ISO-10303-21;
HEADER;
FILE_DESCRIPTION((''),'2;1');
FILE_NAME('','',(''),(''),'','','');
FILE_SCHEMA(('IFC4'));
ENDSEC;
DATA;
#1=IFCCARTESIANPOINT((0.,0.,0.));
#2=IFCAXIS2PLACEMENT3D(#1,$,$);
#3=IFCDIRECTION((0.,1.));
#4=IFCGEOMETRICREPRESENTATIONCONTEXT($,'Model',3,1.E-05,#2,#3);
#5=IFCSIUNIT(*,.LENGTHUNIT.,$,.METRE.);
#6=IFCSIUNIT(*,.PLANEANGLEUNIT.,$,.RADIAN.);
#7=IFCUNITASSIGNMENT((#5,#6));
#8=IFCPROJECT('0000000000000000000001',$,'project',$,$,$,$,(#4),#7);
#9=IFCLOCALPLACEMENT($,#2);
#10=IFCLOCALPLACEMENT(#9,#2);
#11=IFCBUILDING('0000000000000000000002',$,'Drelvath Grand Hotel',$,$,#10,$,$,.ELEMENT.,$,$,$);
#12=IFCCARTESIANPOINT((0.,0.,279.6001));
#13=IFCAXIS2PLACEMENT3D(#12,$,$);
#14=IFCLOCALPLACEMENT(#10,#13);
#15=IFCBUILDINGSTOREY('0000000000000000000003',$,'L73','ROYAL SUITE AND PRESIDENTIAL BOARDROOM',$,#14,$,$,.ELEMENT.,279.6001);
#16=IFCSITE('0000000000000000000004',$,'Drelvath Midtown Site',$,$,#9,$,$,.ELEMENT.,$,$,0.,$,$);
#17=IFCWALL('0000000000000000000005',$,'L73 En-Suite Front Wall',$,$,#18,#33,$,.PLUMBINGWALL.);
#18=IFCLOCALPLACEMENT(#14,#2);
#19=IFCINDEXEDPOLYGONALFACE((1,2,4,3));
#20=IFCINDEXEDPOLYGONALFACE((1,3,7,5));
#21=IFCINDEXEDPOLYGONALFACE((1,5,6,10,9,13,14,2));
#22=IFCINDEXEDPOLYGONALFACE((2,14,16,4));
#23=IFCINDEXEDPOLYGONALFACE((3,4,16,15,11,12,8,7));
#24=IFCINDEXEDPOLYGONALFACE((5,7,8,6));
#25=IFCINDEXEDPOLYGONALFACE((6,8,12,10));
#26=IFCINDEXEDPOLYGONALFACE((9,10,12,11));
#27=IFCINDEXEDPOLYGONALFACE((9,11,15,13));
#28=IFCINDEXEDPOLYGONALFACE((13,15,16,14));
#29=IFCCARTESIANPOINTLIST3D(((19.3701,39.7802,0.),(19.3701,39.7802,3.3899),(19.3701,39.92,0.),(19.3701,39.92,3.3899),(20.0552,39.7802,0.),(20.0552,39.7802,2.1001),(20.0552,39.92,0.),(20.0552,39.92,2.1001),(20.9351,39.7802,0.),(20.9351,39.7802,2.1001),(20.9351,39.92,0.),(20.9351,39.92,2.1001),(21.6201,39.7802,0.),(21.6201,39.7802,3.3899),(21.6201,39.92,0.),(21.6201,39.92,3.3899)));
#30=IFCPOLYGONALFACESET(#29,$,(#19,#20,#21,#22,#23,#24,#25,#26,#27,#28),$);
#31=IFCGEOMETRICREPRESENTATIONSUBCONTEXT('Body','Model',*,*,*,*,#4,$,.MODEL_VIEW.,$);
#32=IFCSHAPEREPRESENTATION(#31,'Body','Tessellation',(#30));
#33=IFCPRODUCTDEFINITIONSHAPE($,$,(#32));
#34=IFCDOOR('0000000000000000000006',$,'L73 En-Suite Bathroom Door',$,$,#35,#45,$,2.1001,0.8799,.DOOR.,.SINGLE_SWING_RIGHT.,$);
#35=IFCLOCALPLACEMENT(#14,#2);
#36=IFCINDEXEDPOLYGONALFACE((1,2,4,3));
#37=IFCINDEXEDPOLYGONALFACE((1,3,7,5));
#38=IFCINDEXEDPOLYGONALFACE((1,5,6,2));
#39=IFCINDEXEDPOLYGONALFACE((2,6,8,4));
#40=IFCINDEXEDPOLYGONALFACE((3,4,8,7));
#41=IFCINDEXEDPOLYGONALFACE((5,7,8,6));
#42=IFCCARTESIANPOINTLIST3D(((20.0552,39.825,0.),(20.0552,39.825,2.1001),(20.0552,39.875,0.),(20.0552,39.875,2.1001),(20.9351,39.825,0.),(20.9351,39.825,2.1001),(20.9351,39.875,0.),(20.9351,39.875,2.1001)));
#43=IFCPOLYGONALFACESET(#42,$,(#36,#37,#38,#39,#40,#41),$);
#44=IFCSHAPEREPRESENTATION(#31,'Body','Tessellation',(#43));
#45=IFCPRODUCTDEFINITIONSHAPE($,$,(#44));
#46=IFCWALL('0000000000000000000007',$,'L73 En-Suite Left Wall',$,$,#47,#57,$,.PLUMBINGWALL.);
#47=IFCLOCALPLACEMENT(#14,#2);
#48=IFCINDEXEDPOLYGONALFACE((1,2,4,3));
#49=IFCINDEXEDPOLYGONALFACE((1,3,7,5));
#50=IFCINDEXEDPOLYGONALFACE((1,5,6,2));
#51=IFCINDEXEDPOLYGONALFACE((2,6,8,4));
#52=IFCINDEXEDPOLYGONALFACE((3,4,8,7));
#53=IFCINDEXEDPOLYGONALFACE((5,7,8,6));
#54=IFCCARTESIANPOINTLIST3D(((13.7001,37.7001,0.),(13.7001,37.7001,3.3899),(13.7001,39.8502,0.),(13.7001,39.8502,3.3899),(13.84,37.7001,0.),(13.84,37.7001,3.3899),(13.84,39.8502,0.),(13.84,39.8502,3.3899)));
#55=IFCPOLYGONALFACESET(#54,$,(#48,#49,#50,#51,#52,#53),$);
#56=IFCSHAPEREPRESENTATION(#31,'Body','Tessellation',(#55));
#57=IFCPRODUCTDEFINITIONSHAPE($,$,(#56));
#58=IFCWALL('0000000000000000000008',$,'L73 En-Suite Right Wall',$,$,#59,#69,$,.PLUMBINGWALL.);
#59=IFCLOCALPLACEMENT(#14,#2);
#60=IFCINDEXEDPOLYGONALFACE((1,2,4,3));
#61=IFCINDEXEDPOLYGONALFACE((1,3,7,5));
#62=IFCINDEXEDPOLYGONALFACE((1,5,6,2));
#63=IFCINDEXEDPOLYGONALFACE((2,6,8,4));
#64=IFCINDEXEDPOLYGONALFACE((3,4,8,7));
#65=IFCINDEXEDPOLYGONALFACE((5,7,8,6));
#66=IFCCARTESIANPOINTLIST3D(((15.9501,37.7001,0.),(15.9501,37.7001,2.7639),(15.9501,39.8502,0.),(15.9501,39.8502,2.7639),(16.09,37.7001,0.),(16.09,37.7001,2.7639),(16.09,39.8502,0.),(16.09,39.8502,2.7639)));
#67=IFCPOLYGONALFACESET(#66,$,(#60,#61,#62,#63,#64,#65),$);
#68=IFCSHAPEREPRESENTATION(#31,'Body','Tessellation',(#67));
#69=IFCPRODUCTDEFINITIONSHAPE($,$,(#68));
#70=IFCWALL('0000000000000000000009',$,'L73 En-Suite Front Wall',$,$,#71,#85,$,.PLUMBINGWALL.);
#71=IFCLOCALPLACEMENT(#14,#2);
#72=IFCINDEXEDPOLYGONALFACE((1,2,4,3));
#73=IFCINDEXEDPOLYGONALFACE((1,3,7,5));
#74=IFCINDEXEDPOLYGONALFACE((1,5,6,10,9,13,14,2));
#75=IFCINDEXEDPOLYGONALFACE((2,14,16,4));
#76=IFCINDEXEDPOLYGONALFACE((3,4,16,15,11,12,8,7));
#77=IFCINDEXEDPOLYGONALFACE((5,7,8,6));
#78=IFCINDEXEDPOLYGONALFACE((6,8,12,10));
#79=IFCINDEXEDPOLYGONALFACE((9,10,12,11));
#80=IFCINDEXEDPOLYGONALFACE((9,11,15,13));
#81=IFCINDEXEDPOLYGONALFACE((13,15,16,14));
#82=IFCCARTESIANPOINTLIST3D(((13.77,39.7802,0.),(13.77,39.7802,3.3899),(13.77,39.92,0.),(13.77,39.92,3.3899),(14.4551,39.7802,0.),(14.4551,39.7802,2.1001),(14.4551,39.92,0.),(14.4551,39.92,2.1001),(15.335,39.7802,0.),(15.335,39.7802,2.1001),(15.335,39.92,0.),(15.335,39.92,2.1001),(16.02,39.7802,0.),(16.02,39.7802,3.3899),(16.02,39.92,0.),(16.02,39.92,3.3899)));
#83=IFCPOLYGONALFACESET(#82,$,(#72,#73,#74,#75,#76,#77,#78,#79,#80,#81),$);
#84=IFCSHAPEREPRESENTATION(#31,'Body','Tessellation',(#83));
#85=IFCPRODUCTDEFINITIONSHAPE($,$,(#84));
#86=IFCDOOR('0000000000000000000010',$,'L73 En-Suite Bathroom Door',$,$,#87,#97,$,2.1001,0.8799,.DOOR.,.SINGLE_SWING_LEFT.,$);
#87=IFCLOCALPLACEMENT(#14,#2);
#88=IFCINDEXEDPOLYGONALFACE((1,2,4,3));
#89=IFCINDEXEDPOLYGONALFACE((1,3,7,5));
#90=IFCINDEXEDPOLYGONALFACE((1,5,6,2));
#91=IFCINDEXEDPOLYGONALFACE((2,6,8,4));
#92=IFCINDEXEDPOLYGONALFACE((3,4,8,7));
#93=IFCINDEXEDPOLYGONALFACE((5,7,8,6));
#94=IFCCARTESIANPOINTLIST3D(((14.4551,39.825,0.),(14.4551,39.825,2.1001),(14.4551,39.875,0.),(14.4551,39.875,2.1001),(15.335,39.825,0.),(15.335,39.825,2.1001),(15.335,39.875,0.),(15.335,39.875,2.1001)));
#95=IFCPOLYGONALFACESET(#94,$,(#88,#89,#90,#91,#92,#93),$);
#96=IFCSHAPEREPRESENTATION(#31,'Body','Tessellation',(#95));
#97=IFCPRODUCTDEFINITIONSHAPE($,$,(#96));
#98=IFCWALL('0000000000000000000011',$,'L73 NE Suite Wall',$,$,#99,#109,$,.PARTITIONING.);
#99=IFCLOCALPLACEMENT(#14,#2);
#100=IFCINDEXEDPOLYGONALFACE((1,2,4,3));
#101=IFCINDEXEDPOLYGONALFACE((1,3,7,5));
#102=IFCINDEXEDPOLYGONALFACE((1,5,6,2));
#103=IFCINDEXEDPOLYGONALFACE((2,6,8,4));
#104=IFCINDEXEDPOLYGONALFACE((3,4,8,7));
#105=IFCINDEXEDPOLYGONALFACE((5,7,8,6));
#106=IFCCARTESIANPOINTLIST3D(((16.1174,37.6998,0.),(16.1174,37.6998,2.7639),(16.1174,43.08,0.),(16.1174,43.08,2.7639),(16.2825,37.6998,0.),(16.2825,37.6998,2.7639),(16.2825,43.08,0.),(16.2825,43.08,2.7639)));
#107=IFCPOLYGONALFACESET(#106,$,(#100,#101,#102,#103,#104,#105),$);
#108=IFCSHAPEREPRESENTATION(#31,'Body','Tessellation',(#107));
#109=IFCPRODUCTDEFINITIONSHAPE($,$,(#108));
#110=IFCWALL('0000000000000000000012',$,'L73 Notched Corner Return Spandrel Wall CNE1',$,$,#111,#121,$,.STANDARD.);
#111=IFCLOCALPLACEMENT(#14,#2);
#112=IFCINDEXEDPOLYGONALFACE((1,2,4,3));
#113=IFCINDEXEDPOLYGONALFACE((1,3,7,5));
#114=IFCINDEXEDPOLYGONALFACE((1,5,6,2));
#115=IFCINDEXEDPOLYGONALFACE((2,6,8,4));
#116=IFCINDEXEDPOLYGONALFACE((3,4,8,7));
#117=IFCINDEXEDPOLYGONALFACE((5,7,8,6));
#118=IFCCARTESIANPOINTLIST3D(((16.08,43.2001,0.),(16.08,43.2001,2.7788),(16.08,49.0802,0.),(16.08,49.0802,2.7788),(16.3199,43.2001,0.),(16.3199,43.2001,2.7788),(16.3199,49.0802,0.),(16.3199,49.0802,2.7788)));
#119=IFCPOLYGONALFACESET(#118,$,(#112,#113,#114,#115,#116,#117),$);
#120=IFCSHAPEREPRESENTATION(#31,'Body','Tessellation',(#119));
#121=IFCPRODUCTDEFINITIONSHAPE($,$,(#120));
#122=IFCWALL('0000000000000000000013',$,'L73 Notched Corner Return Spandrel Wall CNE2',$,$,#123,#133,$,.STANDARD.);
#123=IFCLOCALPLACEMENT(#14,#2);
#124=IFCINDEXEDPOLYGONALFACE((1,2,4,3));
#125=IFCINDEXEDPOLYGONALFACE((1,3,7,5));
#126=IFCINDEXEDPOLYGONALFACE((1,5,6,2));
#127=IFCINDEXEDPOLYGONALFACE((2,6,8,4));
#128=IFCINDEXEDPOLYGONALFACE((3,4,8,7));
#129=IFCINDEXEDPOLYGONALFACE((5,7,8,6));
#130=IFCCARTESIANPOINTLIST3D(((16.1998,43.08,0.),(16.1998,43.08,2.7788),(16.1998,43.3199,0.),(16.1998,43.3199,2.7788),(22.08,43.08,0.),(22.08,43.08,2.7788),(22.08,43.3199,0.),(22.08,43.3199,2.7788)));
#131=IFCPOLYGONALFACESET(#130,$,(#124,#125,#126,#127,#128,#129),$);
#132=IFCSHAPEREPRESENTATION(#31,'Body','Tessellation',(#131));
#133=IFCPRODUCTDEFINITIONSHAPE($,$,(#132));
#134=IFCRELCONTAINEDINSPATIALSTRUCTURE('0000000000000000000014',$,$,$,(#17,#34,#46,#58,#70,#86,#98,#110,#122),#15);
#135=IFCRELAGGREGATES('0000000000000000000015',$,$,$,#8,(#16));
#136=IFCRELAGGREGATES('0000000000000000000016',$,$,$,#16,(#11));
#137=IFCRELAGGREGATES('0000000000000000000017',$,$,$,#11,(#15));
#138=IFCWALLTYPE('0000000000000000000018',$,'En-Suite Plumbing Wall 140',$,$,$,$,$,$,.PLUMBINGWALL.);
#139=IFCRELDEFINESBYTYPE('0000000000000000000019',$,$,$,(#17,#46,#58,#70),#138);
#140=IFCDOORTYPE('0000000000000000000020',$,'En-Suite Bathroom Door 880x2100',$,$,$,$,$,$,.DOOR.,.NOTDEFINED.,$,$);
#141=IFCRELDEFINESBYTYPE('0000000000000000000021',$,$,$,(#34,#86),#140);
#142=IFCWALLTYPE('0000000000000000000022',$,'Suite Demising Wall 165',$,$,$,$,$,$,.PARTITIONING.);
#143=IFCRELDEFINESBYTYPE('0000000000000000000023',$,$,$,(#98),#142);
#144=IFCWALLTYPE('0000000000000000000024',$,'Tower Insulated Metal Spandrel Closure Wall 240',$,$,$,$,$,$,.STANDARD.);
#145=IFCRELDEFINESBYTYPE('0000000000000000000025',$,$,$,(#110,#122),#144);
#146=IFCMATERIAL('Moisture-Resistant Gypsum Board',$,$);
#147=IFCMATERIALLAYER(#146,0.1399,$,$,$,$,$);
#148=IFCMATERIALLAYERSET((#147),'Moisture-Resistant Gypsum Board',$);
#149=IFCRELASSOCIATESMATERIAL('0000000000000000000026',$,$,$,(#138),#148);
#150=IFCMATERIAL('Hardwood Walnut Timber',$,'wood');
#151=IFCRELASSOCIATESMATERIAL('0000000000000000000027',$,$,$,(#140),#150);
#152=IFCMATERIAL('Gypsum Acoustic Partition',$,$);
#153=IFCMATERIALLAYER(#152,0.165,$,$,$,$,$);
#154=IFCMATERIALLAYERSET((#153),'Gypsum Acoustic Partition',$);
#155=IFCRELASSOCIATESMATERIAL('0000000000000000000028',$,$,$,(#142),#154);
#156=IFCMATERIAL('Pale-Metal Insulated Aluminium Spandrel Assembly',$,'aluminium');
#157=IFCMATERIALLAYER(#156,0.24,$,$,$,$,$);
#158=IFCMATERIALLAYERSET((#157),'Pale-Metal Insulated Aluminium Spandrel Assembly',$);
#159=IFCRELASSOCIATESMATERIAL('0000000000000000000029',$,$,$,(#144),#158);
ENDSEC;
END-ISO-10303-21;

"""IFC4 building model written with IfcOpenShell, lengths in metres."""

from ifc_helpers import new_model, si_unit, direction, frame, frame_2d, origin, place, context, subcontext, project, spatial, rectangle, extrude, material, layer, layer_set, type_object, element, fill, save


model = new_model("IFC4")

# Units and contexts
model_context = context("Model", 3, precision=1e-05, world=origin(), true_north=direction((0.0, 1.0)))
body_context = subcontext(model_context, "Body", "Model", "MODEL_VIEW")
ifc_project = project(units=[si_unit("LENGTHUNIT", "METRE"), si_unit("PLANEANGLEUNIT", "RADIAN")], contexts=[model_context])

# Site, building, storey
site_placement = place(None, origin())
site = spatial("IfcSite", under=ifc_project, at=site_placement, Name="Drelvath Midtown Site", CompositionType="ELEMENT", RefElevation=0.0)
building_placement = place(site_placement, origin())
building = spatial("IfcBuilding", under=site, at=building_placement, Name="Drelvath Grand Hotel", CompositionType="ELEMENT")
storey_placement = place(building_placement, frame((0.0, 0.0, 279.6001)))
storey = spatial("IfcBuildingStorey", under=building, at=storey_placement, Name="L73", Description="ROYAL SUITE AND PRESIDENTIAL BOARDROOM", CompositionType="ELEMENT", Elevation=279.6001)

# Shared definitions
ifc_material_1 = material(Name="Moisture-Resistant Gypsum Board")
ifc_layer_1 = layer(ifc_material_1, 0.1399)
ifc_layer_set_1 = layer_set([ifc_layer_1], Name="Moisture-Resistant Gypsum Board")
wall_type_1 = type_object("IfcWallType", Name="En-Suite Plumbing Wall 140", PredefinedType="PLUMBINGWALL", material=ifc_layer_set_1)

# Wall, opening, door
wall_1_placement = place(storey_placement, frame((19.3701, 39.8501, 0.0), z_axis=(0.0, 0.0, 1.0), x_axis=(1.0, 0.0, 0.0)))
wall_1 = element("IfcWall", 1, at=wall_1_placement, inside=storey, type_object=wall_type_1, Name="L73 En-Suite Front Wall", PredefinedType="PLUMBINGWALL", context=body_context, shape_type="SweptSolid", body=[
    extrude(rectangle(XDim=2.25, YDim=0.1399, at=frame_2d((1.125, 0.0))), origin(), (0.0, 0.0, 1.0), 3.3899),
])
opening_1_placement = place(wall_1_placement, frame((0.6851, 0.0, 0.0)))
opening_1 = element("IfcOpeningElement", 2, at=opening_1_placement, cuts=wall_1, PredefinedType="OPENING", context=body_context, shape_type="SweptSolid", body=[
    extrude(rectangle(XDim=0.8799, YDim=2.1001, at=frame_2d((0.4399, 1.05))), frame((0.0, 0.0798, 0.0), z_axis=(0.0, -1.0, 0.0), x_axis=(1.0, 0.0, 0.0)), (0.0, 0.0, 1.0), 0.1599),
])
ifc_material_2 = material(Name="Hardwood Walnut Timber", Category="wood")
door_type = type_object("IfcDoorType", Name="En-Suite Bathroom Door 880x2100", OperationType="NOTDEFINED", PredefinedType="DOOR", material=ifc_material_2)
door_1_placement = place(opening_1_placement, origin())
door_1 = element("IfcDoor", 3, at=door_1_placement, inside=storey, type_object=door_type, Name="L73 En-Suite Bathroom Door", OperationType="SINGLE_SWING_RIGHT", OverallHeight=2.1001, OverallWidth=0.8799, PredefinedType="DOOR", context=body_context, shape_type="SweptSolid", body=[
    extrude(rectangle(XDim=0.8799, YDim=2.1001, at=frame_2d((0.4399, 1.05))), frame((0.0, 0.0249, 0.0), z_axis=(0.0, -1.0, 0.0), x_axis=(1.0, 0.0, 0.0)), (0.0, 0.0, 1.0), 0.05),
])
fill(opening_1, door_1)

# Walls
wall_2_placement = place(storey_placement, frame((13.77, 37.7, 0.0), z_axis=(0.0, 0.0, 1.0), x_axis=(0.0, 1.0, 0.0)))
element("IfcWall", 4, at=wall_2_placement, inside=storey, type_object=wall_type_1, Name="L73 En-Suite Left Wall", PredefinedType="PLUMBINGWALL", context=body_context, shape_type="SweptSolid", body=[
    extrude(rectangle(XDim=2.1501, YDim=0.1399, at=frame_2d((1.0752, 0.0))), origin(), (0.0, 0.0, 1.0), 3.3899),
])
wall_3_placement = place(storey_placement, frame((16.02, 37.7, 0.0), z_axis=(0.0, 0.0, 1.0), x_axis=(0.0, 1.0, 0.0)))
element("IfcWall", 5, at=wall_3_placement, inside=storey, type_object=wall_type_1, Name="L73 En-Suite Right Wall", PredefinedType="PLUMBINGWALL", context=body_context, shape_type="SweptSolid", body=[
    extrude(rectangle(XDim=2.1501, YDim=0.1399, at=frame_2d((1.0752, 0.0))), origin(), (0.0, 0.0, 1.0), 2.7639),
])

# Wall, opening, door
wall_4_placement = place(storey_placement, frame((13.77, 39.8501, 0.0), z_axis=(0.0, 0.0, 1.0), x_axis=(1.0, 0.0, 0.0)))
wall_4 = element("IfcWall", 6, at=wall_4_placement, inside=storey, type_object=wall_type_1, Name="L73 En-Suite Front Wall", PredefinedType="PLUMBINGWALL", context=body_context, shape_type="SweptSolid", body=[
    extrude(rectangle(XDim=2.25, YDim=0.1399, at=frame_2d((1.125, 0.0))), origin(), (0.0, 0.0, 1.0), 3.3899),
])
opening_2_placement = place(wall_4_placement, frame((0.6851, 0.0, 0.0)))
opening_2 = element("IfcOpeningElement", 7, at=opening_2_placement, cuts=wall_4, PredefinedType="OPENING", context=body_context, shape_type="SweptSolid", body=[
    extrude(rectangle(XDim=0.8799, YDim=2.1001, at=frame_2d((0.4399, 1.05))), frame((0.0, 0.0798, 0.0), z_axis=(0.0, -1.0, 0.0), x_axis=(1.0, 0.0, 0.0)), (0.0, 0.0, 1.0), 0.1599),
])
door_2_placement = place(opening_2_placement, origin())
door_2 = element("IfcDoor", 8, at=door_2_placement, inside=storey, type_object=door_type, Name="L73 En-Suite Bathroom Door", OperationType="SINGLE_SWING_LEFT", OverallHeight=2.1001, OverallWidth=0.8799, PredefinedType="DOOR", context=body_context, shape_type="SweptSolid", body=[
    extrude(rectangle(XDim=0.8799, YDim=2.1001, at=frame_2d((0.4399, 1.05))), frame((0.0, 0.0249, 0.0), z_axis=(0.0, -1.0, 0.0), x_axis=(1.0, 0.0, 0.0)), (0.0, 0.0, 1.0), 0.05),
])
fill(opening_2, door_2)

# Walls
ifc_material_3 = material(Name="Gypsum Acoustic Partition")
ifc_layer_2 = layer(ifc_material_3, 0.165)
ifc_layer_set_2 = layer_set([ifc_layer_2], Name="Gypsum Acoustic Partition")
wall_type_2 = type_object("IfcWallType", Name="Suite Demising Wall 165", PredefinedType="PARTITIONING", material=ifc_layer_set_2)
wall_5_placement = place(storey_placement, frame((16.2, 37.7, 0.0), z_axis=(0.0, 0.0, 1.0), x_axis=(0.0, 1.0, 0.0)))
element("IfcWall", 9, at=wall_5_placement, inside=storey, type_object=wall_type_2, Name="L73 NE Suite Wall", PredefinedType="PARTITIONING", context=body_context, shape_type="SweptSolid", body=[
    extrude(rectangle(XDim=5.3801, YDim=0.165, at=frame_2d((2.6899, 0.0))), origin(), (0.0, 0.0, 1.0), 2.7639),
])
ifc_material_4 = material(Name="Pale-Metal Insulated Aluminium Spandrel Assembly", Category="aluminium")
ifc_layer_3 = layer(ifc_material_4, 0.24)
ifc_layer_set_3 = layer_set([ifc_layer_3], Name="Pale-Metal Insulated Aluminium Spandrel Assembly")
wall_type_3 = type_object("IfcWallType", Name="Tower Insulated Metal Spandrel Closure Wall 240", PredefinedType="STANDARD", material=ifc_layer_set_3)
for number, where, z_axis, x_axis, name in (
    (10, (16.2, 49.0801, 0.0), (0.0, 0.0, 1.0), (0.0, -1.0, 0.0), "L73 Notched Corner Return Spandrel Wall CNE1"),
    (11, (16.2, 43.2, 0.0), (0.0, 0.0, 1.0), (1.0, 0.0, 0.0), "L73 Notched Corner Return Spandrel Wall CNE2"),
):
    element("IfcWall", number, at=place(storey_placement, frame(where, z_axis=z_axis, x_axis=x_axis)), inside=storey, type_object=wall_type_3, Name=name, PredefinedType="STANDARD", context=body_context, shape_type="SweptSolid", body=[
        extrude(rectangle(XDim=5.8801, YDim=0.24, at=frame_2d((2.9399, 0.0))), origin(), (0.0, 0.0, 1.0), 2.7788),
    ])

save(model, "model.ifc")
